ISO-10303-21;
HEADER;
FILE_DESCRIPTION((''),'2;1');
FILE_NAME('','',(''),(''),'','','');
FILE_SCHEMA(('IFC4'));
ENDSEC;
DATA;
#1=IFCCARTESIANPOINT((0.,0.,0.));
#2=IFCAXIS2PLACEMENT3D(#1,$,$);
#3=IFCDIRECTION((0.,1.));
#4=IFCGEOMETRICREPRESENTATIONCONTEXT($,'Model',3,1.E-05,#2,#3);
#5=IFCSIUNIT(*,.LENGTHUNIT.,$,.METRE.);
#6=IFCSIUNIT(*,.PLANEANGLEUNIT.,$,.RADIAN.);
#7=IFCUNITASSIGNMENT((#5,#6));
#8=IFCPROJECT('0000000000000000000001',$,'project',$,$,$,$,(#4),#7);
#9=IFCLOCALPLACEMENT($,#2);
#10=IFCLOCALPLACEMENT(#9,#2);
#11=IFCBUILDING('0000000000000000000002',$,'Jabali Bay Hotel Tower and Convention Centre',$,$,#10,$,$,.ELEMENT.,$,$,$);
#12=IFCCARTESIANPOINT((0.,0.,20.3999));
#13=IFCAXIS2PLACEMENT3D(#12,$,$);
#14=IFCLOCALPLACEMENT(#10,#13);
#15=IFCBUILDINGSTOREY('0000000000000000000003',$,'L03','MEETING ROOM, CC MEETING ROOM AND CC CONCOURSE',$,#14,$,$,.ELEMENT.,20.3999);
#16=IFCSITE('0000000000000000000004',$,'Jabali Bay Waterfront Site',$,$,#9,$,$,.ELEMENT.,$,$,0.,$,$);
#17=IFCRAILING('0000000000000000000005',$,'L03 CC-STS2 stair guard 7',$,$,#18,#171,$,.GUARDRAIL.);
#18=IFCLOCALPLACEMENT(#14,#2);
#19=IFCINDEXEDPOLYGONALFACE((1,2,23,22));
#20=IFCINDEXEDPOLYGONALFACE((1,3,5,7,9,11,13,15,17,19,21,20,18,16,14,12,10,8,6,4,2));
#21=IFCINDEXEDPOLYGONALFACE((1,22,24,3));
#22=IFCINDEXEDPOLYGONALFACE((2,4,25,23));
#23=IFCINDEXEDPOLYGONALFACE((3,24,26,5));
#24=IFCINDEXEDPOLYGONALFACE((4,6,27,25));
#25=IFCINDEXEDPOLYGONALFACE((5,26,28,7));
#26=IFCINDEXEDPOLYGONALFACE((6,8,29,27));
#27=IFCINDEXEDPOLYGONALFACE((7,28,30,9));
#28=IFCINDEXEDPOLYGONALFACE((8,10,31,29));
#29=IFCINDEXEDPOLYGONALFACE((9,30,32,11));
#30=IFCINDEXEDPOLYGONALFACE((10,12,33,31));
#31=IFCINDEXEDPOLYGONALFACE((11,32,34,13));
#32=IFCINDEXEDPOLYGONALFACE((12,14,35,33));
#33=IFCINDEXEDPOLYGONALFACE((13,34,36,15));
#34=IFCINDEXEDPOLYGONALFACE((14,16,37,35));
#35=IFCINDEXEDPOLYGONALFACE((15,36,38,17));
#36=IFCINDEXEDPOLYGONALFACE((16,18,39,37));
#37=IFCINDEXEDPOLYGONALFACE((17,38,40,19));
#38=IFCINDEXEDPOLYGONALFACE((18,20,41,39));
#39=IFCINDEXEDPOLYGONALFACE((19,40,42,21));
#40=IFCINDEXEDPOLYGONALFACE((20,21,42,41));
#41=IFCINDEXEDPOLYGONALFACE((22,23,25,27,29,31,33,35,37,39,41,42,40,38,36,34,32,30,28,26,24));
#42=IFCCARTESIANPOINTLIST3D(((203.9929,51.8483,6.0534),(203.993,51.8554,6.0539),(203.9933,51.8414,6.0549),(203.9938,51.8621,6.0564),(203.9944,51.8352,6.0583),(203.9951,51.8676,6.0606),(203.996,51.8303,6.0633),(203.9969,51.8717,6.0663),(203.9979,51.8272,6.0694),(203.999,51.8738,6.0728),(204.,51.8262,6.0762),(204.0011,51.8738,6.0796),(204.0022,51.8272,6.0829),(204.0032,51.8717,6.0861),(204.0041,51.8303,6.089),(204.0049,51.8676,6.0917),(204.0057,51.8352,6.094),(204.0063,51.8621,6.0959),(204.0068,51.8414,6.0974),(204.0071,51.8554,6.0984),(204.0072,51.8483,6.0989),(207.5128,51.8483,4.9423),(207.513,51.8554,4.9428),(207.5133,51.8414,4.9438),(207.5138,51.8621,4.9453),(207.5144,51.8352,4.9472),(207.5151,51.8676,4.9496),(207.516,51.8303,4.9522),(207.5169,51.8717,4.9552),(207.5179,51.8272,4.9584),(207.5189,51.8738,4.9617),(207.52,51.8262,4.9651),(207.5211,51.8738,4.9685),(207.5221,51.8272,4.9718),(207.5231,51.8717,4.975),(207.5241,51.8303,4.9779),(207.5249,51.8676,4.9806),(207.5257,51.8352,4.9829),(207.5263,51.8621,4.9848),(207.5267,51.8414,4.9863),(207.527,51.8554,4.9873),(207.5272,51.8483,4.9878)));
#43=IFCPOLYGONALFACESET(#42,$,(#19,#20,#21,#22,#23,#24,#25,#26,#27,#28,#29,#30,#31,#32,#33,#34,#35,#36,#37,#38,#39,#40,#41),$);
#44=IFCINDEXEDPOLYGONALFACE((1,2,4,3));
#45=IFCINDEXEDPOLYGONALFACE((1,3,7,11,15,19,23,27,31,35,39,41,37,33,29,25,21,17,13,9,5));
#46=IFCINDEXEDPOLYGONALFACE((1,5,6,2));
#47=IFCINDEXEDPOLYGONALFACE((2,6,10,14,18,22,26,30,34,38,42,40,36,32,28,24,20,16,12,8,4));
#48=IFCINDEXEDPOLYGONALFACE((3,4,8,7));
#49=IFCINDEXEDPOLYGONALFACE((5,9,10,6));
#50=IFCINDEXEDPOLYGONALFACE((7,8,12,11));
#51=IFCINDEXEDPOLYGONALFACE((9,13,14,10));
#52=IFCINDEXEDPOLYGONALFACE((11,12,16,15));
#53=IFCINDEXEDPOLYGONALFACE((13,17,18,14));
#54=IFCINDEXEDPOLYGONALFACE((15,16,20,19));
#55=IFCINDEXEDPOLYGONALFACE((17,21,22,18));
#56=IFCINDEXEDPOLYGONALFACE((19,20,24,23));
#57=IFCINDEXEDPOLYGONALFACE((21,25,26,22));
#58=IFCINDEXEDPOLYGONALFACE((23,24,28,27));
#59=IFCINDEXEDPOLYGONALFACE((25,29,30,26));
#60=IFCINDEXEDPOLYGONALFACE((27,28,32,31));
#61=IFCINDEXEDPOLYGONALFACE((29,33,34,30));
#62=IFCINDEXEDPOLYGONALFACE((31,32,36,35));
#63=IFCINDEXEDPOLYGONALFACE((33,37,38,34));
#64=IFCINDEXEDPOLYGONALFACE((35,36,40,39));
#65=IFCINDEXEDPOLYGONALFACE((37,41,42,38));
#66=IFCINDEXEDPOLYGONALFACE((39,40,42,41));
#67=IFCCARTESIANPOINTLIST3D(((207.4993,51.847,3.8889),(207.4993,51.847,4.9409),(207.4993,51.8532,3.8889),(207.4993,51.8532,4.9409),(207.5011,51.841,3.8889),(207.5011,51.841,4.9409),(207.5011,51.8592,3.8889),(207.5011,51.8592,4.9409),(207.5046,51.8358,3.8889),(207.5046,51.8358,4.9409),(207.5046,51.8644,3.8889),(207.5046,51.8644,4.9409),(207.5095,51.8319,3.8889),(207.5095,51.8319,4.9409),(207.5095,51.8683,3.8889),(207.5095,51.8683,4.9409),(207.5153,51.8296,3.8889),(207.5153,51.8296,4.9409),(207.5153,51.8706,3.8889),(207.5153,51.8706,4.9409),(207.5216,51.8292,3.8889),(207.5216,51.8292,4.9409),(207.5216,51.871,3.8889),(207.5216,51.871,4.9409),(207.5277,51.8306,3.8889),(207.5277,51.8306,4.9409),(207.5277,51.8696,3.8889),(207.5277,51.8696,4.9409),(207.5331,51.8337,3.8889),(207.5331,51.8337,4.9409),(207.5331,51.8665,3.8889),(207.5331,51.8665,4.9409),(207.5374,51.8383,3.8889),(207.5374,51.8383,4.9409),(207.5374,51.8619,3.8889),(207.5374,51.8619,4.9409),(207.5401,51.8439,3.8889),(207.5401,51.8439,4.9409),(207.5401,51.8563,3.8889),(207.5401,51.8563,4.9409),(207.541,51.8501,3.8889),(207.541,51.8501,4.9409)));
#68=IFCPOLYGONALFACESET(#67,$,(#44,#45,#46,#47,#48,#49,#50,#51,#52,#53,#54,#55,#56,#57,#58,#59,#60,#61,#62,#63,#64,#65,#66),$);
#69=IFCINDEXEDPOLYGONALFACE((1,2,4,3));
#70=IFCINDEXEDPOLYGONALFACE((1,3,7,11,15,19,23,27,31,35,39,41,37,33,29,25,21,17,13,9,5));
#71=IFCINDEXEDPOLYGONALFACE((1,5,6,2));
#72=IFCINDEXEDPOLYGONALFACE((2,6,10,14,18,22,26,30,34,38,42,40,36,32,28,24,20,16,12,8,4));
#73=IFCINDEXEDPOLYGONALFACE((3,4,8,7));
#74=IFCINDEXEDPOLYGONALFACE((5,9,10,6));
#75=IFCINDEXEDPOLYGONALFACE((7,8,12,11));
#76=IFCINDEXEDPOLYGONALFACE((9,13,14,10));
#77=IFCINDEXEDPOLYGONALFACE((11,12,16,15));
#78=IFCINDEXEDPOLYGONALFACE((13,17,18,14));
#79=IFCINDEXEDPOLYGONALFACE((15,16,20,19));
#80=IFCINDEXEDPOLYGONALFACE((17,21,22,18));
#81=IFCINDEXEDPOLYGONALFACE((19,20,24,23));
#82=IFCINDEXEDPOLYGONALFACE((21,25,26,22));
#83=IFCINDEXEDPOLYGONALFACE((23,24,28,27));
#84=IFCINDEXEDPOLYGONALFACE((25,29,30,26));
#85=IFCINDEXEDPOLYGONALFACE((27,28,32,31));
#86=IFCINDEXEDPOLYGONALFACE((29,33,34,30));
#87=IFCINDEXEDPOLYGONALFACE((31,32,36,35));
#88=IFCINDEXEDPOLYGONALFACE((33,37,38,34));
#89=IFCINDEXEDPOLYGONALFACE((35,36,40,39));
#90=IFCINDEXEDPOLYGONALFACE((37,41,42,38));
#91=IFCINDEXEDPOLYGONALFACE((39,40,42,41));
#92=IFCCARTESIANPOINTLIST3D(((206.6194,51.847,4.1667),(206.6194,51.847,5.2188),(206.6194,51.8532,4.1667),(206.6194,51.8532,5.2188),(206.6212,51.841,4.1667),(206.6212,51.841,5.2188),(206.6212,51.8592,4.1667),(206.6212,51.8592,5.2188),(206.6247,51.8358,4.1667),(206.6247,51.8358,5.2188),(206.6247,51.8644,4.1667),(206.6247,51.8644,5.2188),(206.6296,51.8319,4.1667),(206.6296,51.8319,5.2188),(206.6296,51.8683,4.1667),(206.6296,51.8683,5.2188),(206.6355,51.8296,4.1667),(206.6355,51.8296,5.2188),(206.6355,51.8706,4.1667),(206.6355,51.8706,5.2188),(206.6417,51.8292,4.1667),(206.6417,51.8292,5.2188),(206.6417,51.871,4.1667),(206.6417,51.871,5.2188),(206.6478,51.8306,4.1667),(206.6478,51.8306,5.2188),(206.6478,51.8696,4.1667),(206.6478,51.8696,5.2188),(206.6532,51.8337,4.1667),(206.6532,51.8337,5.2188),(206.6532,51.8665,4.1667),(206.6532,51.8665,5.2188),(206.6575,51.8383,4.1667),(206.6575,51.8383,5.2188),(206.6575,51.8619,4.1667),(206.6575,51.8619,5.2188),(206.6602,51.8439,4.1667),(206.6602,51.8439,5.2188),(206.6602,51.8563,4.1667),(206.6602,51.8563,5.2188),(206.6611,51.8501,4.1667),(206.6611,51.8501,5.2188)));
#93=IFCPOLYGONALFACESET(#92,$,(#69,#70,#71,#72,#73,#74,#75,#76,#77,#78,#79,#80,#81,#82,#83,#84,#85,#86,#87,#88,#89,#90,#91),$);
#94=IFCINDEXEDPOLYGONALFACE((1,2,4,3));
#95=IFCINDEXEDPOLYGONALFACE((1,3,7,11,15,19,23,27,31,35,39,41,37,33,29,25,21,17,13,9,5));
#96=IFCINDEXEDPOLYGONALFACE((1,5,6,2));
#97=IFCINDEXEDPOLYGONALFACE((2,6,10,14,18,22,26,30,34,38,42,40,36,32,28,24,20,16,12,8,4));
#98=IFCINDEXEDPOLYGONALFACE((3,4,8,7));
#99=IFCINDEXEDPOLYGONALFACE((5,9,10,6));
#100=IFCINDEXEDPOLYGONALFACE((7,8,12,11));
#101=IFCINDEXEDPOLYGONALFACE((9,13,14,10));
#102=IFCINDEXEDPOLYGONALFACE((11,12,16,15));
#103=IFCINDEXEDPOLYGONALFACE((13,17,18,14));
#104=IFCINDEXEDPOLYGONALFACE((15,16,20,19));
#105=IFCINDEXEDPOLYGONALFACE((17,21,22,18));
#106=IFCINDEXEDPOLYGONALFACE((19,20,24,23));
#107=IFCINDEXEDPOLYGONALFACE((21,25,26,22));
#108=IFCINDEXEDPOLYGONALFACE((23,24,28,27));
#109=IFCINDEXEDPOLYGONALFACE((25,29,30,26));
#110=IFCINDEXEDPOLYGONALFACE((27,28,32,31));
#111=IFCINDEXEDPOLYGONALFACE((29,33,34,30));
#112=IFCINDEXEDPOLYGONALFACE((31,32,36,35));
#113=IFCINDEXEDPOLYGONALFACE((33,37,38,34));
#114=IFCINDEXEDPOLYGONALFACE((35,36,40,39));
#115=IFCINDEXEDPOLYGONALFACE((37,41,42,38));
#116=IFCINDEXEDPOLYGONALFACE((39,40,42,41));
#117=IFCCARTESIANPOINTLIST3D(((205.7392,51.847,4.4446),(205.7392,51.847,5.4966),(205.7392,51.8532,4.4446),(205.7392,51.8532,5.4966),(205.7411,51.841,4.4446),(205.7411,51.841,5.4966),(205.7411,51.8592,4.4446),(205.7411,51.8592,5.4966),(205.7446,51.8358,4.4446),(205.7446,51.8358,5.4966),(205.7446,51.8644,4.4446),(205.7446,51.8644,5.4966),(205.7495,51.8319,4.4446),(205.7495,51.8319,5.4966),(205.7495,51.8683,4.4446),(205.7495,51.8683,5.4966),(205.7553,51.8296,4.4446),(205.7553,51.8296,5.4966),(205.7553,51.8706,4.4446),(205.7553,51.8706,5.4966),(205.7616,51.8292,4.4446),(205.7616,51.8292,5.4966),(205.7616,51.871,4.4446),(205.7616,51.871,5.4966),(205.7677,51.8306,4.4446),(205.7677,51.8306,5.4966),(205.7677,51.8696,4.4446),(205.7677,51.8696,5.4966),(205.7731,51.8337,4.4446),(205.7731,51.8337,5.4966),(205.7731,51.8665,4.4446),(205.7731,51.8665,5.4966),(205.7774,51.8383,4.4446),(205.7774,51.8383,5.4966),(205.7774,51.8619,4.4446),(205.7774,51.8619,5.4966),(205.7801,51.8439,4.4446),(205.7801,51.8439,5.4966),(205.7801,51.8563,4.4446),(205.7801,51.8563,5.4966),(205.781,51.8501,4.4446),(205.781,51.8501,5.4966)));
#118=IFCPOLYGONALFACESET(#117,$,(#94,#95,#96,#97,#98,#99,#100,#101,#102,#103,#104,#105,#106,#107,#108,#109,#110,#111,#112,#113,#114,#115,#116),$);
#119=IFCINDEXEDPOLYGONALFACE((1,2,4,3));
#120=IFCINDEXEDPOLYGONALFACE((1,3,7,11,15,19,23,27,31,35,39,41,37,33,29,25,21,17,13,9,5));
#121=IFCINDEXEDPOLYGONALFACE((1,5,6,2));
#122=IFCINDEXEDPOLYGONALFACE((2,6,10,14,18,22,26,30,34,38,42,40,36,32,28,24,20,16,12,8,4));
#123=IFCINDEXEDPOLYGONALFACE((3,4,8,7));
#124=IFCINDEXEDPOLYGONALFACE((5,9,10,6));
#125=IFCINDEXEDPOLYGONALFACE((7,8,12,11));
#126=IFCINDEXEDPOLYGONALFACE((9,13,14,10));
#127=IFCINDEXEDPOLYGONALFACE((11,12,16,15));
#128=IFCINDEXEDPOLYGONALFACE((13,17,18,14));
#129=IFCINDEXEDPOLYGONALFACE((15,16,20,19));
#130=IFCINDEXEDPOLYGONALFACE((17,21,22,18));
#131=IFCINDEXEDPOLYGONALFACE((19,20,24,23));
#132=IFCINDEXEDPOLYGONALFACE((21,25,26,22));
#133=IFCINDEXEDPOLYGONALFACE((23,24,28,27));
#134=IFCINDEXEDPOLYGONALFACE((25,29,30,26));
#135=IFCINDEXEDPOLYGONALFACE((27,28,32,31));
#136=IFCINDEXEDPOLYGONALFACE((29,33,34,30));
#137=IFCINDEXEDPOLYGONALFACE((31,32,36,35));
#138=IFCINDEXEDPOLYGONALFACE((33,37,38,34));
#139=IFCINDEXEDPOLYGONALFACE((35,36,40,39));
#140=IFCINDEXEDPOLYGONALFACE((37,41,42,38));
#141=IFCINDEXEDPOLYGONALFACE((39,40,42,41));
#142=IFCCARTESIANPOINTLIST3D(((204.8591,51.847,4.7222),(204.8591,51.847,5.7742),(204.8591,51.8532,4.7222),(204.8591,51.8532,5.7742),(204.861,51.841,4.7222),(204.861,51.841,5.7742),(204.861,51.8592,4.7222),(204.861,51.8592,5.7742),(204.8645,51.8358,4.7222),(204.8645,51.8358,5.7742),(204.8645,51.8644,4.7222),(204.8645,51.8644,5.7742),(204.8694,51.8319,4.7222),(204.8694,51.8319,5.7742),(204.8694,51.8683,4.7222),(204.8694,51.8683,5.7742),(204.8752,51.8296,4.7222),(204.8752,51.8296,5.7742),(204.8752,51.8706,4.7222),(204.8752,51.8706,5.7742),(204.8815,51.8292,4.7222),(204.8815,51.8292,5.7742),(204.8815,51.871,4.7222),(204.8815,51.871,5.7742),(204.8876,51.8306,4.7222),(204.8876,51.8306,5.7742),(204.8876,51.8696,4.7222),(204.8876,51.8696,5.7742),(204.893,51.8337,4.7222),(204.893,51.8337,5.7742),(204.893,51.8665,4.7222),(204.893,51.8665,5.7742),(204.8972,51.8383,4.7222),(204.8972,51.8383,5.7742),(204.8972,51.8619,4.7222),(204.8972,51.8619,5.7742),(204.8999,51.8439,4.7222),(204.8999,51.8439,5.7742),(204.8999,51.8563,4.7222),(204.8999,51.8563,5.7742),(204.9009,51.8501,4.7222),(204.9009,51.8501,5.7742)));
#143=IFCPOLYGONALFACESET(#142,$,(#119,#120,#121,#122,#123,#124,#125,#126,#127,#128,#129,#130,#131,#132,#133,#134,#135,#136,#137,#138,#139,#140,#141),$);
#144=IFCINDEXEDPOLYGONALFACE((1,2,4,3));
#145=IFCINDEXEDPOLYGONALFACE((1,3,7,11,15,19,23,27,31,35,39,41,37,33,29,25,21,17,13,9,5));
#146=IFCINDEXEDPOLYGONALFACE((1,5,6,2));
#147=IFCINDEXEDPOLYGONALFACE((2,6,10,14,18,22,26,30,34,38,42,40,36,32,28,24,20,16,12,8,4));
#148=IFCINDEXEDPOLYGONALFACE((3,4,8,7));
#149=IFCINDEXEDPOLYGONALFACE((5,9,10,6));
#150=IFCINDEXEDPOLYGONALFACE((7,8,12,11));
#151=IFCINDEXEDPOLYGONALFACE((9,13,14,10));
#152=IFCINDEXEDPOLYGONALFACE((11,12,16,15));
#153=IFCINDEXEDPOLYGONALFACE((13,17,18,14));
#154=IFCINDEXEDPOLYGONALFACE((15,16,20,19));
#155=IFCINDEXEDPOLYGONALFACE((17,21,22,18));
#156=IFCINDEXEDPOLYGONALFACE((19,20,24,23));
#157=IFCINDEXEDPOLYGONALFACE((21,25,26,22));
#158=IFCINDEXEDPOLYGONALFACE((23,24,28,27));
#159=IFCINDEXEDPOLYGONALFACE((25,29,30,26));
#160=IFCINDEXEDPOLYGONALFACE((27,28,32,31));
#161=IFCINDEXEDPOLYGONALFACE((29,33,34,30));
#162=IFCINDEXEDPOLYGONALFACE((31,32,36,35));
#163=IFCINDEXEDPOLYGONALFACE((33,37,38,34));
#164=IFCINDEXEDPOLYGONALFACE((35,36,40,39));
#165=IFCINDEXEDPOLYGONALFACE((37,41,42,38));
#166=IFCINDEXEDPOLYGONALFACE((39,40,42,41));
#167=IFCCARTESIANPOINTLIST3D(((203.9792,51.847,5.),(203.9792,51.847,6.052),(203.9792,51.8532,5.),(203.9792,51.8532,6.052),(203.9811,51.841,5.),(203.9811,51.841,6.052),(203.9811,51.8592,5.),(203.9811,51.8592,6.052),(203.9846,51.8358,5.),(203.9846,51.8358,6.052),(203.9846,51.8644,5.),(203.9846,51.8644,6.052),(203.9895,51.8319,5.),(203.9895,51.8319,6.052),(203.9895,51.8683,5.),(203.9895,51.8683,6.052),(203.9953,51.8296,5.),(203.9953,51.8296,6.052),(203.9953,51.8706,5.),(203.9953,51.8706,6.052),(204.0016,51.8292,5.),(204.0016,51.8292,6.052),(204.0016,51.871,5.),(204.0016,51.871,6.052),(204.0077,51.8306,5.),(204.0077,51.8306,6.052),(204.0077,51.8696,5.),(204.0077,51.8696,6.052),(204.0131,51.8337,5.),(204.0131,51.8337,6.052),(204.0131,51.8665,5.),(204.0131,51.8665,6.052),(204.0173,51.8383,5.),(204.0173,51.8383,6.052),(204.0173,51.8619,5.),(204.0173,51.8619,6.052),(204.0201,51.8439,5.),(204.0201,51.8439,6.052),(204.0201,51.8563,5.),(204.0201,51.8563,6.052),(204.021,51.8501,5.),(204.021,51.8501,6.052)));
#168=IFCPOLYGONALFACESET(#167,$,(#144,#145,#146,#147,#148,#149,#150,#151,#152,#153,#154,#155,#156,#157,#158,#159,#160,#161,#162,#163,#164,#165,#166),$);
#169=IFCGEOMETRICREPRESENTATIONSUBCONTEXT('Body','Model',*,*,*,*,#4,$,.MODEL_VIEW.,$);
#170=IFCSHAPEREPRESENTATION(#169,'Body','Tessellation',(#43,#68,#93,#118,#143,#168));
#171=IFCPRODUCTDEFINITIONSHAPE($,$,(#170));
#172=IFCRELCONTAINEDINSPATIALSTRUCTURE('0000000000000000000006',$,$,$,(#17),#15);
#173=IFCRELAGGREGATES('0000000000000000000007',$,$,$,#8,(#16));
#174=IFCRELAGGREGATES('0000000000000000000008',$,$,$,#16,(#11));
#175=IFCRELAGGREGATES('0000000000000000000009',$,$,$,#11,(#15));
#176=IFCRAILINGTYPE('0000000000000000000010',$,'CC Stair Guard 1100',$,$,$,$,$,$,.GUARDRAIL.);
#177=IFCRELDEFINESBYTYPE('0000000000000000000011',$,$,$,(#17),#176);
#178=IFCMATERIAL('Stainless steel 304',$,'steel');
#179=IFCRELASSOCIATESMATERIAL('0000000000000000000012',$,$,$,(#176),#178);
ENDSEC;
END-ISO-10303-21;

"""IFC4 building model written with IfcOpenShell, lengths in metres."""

from ifc_helpers import new_model, si_unit, direction, frame, origin, origin_2d, place, context, subcontext, project, spatial, circle, extrude, material, type_object, element, save


model = new_model("IFC4")

# Units and contexts
model_context = context("Model", 3, precision=1e-05, world=origin(), true_north=direction((0.0, 1.0)))
body_context = subcontext(model_context, "Body", "Model", "MODEL_VIEW")
ifc_project = project(units=[si_unit("LENGTHUNIT", "METRE"), si_unit("PLANEANGLEUNIT", "RADIAN")], contexts=[model_context])

# Site, building, storey
site_placement = place(None, origin())
site = spatial("IfcSite", under=ifc_project, at=site_placement, Name="Jabali Bay Waterfront Site", CompositionType="ELEMENT", RefElevation=0.0)
building_placement = place(site_placement, origin())
building = spatial("IfcBuilding", under=site, at=building_placement, Name="Jabali Bay Hotel Tower and Convention Centre", CompositionType="ELEMENT")
storey_placement = place(building_placement, frame((0.0, 0.0, 20.3999)))
storey = spatial("IfcBuildingStorey", under=building, at=storey_placement, Name="L03", Description="MEETING ROOM, CC MEETING ROOM AND CC CONCOURSE", CompositionType="ELEMENT", Elevation=20.3999)

# Railing
ifc_material_1 = material(Name="Stainless steel 304", Category="steel")
railing_type_1 = type_object("IfcRailingType", Name="CC Stair Guard 1100", PredefinedType="GUARDRAIL", material=ifc_material_1)
railing_1_placement = place(storey_placement, frame((207.52, 51.8501, 3.8889)))
element("IfcRailing", 1, at=railing_1_placement, inside=storey, type_object=railing_type_1, Name="L03 CC-STS2 stair guard 7", PredefinedType="GUARDRAIL", context=body_context, shape_type="SweptSolid", body=[
    extrude(circle(Radius=0.0239, at=origin_2d()), frame((0.0, 0.0, 1.0762), z_axis=(-0.953622, 0.0, 0.301008), x_axis=(0.0, -1.0, 0.0)), (0.0, 0.0, 1.0), 3.6912),
    extrude(circle(Radius=0.021, at=origin_2d()), origin(), (0.0, 0.0, 1.0), 1.052),
    extrude(circle(Radius=0.021, at=origin_2d()), frame((-0.8799, 0.0, 0.2778)), (0.0, 0.0, 1.0), 1.052),
    extrude(circle(Radius=0.021, at=origin_2d()), frame((-1.76, 0.0, 0.5557)), (0.0, 0.0, 1.0), 1.052),
    extrude(circle(Radius=0.021, at=origin_2d()), frame((-2.6401, 0.0, 0.8333)), (0.0, 0.0, 1.0), 1.052),
    extrude(circle(Radius=0.021, at=origin_2d()), frame((-3.52, 0.0, 1.1111)), (0.0, 0.0, 1.0), 1.052),
])

save(model, "model.ifc")
